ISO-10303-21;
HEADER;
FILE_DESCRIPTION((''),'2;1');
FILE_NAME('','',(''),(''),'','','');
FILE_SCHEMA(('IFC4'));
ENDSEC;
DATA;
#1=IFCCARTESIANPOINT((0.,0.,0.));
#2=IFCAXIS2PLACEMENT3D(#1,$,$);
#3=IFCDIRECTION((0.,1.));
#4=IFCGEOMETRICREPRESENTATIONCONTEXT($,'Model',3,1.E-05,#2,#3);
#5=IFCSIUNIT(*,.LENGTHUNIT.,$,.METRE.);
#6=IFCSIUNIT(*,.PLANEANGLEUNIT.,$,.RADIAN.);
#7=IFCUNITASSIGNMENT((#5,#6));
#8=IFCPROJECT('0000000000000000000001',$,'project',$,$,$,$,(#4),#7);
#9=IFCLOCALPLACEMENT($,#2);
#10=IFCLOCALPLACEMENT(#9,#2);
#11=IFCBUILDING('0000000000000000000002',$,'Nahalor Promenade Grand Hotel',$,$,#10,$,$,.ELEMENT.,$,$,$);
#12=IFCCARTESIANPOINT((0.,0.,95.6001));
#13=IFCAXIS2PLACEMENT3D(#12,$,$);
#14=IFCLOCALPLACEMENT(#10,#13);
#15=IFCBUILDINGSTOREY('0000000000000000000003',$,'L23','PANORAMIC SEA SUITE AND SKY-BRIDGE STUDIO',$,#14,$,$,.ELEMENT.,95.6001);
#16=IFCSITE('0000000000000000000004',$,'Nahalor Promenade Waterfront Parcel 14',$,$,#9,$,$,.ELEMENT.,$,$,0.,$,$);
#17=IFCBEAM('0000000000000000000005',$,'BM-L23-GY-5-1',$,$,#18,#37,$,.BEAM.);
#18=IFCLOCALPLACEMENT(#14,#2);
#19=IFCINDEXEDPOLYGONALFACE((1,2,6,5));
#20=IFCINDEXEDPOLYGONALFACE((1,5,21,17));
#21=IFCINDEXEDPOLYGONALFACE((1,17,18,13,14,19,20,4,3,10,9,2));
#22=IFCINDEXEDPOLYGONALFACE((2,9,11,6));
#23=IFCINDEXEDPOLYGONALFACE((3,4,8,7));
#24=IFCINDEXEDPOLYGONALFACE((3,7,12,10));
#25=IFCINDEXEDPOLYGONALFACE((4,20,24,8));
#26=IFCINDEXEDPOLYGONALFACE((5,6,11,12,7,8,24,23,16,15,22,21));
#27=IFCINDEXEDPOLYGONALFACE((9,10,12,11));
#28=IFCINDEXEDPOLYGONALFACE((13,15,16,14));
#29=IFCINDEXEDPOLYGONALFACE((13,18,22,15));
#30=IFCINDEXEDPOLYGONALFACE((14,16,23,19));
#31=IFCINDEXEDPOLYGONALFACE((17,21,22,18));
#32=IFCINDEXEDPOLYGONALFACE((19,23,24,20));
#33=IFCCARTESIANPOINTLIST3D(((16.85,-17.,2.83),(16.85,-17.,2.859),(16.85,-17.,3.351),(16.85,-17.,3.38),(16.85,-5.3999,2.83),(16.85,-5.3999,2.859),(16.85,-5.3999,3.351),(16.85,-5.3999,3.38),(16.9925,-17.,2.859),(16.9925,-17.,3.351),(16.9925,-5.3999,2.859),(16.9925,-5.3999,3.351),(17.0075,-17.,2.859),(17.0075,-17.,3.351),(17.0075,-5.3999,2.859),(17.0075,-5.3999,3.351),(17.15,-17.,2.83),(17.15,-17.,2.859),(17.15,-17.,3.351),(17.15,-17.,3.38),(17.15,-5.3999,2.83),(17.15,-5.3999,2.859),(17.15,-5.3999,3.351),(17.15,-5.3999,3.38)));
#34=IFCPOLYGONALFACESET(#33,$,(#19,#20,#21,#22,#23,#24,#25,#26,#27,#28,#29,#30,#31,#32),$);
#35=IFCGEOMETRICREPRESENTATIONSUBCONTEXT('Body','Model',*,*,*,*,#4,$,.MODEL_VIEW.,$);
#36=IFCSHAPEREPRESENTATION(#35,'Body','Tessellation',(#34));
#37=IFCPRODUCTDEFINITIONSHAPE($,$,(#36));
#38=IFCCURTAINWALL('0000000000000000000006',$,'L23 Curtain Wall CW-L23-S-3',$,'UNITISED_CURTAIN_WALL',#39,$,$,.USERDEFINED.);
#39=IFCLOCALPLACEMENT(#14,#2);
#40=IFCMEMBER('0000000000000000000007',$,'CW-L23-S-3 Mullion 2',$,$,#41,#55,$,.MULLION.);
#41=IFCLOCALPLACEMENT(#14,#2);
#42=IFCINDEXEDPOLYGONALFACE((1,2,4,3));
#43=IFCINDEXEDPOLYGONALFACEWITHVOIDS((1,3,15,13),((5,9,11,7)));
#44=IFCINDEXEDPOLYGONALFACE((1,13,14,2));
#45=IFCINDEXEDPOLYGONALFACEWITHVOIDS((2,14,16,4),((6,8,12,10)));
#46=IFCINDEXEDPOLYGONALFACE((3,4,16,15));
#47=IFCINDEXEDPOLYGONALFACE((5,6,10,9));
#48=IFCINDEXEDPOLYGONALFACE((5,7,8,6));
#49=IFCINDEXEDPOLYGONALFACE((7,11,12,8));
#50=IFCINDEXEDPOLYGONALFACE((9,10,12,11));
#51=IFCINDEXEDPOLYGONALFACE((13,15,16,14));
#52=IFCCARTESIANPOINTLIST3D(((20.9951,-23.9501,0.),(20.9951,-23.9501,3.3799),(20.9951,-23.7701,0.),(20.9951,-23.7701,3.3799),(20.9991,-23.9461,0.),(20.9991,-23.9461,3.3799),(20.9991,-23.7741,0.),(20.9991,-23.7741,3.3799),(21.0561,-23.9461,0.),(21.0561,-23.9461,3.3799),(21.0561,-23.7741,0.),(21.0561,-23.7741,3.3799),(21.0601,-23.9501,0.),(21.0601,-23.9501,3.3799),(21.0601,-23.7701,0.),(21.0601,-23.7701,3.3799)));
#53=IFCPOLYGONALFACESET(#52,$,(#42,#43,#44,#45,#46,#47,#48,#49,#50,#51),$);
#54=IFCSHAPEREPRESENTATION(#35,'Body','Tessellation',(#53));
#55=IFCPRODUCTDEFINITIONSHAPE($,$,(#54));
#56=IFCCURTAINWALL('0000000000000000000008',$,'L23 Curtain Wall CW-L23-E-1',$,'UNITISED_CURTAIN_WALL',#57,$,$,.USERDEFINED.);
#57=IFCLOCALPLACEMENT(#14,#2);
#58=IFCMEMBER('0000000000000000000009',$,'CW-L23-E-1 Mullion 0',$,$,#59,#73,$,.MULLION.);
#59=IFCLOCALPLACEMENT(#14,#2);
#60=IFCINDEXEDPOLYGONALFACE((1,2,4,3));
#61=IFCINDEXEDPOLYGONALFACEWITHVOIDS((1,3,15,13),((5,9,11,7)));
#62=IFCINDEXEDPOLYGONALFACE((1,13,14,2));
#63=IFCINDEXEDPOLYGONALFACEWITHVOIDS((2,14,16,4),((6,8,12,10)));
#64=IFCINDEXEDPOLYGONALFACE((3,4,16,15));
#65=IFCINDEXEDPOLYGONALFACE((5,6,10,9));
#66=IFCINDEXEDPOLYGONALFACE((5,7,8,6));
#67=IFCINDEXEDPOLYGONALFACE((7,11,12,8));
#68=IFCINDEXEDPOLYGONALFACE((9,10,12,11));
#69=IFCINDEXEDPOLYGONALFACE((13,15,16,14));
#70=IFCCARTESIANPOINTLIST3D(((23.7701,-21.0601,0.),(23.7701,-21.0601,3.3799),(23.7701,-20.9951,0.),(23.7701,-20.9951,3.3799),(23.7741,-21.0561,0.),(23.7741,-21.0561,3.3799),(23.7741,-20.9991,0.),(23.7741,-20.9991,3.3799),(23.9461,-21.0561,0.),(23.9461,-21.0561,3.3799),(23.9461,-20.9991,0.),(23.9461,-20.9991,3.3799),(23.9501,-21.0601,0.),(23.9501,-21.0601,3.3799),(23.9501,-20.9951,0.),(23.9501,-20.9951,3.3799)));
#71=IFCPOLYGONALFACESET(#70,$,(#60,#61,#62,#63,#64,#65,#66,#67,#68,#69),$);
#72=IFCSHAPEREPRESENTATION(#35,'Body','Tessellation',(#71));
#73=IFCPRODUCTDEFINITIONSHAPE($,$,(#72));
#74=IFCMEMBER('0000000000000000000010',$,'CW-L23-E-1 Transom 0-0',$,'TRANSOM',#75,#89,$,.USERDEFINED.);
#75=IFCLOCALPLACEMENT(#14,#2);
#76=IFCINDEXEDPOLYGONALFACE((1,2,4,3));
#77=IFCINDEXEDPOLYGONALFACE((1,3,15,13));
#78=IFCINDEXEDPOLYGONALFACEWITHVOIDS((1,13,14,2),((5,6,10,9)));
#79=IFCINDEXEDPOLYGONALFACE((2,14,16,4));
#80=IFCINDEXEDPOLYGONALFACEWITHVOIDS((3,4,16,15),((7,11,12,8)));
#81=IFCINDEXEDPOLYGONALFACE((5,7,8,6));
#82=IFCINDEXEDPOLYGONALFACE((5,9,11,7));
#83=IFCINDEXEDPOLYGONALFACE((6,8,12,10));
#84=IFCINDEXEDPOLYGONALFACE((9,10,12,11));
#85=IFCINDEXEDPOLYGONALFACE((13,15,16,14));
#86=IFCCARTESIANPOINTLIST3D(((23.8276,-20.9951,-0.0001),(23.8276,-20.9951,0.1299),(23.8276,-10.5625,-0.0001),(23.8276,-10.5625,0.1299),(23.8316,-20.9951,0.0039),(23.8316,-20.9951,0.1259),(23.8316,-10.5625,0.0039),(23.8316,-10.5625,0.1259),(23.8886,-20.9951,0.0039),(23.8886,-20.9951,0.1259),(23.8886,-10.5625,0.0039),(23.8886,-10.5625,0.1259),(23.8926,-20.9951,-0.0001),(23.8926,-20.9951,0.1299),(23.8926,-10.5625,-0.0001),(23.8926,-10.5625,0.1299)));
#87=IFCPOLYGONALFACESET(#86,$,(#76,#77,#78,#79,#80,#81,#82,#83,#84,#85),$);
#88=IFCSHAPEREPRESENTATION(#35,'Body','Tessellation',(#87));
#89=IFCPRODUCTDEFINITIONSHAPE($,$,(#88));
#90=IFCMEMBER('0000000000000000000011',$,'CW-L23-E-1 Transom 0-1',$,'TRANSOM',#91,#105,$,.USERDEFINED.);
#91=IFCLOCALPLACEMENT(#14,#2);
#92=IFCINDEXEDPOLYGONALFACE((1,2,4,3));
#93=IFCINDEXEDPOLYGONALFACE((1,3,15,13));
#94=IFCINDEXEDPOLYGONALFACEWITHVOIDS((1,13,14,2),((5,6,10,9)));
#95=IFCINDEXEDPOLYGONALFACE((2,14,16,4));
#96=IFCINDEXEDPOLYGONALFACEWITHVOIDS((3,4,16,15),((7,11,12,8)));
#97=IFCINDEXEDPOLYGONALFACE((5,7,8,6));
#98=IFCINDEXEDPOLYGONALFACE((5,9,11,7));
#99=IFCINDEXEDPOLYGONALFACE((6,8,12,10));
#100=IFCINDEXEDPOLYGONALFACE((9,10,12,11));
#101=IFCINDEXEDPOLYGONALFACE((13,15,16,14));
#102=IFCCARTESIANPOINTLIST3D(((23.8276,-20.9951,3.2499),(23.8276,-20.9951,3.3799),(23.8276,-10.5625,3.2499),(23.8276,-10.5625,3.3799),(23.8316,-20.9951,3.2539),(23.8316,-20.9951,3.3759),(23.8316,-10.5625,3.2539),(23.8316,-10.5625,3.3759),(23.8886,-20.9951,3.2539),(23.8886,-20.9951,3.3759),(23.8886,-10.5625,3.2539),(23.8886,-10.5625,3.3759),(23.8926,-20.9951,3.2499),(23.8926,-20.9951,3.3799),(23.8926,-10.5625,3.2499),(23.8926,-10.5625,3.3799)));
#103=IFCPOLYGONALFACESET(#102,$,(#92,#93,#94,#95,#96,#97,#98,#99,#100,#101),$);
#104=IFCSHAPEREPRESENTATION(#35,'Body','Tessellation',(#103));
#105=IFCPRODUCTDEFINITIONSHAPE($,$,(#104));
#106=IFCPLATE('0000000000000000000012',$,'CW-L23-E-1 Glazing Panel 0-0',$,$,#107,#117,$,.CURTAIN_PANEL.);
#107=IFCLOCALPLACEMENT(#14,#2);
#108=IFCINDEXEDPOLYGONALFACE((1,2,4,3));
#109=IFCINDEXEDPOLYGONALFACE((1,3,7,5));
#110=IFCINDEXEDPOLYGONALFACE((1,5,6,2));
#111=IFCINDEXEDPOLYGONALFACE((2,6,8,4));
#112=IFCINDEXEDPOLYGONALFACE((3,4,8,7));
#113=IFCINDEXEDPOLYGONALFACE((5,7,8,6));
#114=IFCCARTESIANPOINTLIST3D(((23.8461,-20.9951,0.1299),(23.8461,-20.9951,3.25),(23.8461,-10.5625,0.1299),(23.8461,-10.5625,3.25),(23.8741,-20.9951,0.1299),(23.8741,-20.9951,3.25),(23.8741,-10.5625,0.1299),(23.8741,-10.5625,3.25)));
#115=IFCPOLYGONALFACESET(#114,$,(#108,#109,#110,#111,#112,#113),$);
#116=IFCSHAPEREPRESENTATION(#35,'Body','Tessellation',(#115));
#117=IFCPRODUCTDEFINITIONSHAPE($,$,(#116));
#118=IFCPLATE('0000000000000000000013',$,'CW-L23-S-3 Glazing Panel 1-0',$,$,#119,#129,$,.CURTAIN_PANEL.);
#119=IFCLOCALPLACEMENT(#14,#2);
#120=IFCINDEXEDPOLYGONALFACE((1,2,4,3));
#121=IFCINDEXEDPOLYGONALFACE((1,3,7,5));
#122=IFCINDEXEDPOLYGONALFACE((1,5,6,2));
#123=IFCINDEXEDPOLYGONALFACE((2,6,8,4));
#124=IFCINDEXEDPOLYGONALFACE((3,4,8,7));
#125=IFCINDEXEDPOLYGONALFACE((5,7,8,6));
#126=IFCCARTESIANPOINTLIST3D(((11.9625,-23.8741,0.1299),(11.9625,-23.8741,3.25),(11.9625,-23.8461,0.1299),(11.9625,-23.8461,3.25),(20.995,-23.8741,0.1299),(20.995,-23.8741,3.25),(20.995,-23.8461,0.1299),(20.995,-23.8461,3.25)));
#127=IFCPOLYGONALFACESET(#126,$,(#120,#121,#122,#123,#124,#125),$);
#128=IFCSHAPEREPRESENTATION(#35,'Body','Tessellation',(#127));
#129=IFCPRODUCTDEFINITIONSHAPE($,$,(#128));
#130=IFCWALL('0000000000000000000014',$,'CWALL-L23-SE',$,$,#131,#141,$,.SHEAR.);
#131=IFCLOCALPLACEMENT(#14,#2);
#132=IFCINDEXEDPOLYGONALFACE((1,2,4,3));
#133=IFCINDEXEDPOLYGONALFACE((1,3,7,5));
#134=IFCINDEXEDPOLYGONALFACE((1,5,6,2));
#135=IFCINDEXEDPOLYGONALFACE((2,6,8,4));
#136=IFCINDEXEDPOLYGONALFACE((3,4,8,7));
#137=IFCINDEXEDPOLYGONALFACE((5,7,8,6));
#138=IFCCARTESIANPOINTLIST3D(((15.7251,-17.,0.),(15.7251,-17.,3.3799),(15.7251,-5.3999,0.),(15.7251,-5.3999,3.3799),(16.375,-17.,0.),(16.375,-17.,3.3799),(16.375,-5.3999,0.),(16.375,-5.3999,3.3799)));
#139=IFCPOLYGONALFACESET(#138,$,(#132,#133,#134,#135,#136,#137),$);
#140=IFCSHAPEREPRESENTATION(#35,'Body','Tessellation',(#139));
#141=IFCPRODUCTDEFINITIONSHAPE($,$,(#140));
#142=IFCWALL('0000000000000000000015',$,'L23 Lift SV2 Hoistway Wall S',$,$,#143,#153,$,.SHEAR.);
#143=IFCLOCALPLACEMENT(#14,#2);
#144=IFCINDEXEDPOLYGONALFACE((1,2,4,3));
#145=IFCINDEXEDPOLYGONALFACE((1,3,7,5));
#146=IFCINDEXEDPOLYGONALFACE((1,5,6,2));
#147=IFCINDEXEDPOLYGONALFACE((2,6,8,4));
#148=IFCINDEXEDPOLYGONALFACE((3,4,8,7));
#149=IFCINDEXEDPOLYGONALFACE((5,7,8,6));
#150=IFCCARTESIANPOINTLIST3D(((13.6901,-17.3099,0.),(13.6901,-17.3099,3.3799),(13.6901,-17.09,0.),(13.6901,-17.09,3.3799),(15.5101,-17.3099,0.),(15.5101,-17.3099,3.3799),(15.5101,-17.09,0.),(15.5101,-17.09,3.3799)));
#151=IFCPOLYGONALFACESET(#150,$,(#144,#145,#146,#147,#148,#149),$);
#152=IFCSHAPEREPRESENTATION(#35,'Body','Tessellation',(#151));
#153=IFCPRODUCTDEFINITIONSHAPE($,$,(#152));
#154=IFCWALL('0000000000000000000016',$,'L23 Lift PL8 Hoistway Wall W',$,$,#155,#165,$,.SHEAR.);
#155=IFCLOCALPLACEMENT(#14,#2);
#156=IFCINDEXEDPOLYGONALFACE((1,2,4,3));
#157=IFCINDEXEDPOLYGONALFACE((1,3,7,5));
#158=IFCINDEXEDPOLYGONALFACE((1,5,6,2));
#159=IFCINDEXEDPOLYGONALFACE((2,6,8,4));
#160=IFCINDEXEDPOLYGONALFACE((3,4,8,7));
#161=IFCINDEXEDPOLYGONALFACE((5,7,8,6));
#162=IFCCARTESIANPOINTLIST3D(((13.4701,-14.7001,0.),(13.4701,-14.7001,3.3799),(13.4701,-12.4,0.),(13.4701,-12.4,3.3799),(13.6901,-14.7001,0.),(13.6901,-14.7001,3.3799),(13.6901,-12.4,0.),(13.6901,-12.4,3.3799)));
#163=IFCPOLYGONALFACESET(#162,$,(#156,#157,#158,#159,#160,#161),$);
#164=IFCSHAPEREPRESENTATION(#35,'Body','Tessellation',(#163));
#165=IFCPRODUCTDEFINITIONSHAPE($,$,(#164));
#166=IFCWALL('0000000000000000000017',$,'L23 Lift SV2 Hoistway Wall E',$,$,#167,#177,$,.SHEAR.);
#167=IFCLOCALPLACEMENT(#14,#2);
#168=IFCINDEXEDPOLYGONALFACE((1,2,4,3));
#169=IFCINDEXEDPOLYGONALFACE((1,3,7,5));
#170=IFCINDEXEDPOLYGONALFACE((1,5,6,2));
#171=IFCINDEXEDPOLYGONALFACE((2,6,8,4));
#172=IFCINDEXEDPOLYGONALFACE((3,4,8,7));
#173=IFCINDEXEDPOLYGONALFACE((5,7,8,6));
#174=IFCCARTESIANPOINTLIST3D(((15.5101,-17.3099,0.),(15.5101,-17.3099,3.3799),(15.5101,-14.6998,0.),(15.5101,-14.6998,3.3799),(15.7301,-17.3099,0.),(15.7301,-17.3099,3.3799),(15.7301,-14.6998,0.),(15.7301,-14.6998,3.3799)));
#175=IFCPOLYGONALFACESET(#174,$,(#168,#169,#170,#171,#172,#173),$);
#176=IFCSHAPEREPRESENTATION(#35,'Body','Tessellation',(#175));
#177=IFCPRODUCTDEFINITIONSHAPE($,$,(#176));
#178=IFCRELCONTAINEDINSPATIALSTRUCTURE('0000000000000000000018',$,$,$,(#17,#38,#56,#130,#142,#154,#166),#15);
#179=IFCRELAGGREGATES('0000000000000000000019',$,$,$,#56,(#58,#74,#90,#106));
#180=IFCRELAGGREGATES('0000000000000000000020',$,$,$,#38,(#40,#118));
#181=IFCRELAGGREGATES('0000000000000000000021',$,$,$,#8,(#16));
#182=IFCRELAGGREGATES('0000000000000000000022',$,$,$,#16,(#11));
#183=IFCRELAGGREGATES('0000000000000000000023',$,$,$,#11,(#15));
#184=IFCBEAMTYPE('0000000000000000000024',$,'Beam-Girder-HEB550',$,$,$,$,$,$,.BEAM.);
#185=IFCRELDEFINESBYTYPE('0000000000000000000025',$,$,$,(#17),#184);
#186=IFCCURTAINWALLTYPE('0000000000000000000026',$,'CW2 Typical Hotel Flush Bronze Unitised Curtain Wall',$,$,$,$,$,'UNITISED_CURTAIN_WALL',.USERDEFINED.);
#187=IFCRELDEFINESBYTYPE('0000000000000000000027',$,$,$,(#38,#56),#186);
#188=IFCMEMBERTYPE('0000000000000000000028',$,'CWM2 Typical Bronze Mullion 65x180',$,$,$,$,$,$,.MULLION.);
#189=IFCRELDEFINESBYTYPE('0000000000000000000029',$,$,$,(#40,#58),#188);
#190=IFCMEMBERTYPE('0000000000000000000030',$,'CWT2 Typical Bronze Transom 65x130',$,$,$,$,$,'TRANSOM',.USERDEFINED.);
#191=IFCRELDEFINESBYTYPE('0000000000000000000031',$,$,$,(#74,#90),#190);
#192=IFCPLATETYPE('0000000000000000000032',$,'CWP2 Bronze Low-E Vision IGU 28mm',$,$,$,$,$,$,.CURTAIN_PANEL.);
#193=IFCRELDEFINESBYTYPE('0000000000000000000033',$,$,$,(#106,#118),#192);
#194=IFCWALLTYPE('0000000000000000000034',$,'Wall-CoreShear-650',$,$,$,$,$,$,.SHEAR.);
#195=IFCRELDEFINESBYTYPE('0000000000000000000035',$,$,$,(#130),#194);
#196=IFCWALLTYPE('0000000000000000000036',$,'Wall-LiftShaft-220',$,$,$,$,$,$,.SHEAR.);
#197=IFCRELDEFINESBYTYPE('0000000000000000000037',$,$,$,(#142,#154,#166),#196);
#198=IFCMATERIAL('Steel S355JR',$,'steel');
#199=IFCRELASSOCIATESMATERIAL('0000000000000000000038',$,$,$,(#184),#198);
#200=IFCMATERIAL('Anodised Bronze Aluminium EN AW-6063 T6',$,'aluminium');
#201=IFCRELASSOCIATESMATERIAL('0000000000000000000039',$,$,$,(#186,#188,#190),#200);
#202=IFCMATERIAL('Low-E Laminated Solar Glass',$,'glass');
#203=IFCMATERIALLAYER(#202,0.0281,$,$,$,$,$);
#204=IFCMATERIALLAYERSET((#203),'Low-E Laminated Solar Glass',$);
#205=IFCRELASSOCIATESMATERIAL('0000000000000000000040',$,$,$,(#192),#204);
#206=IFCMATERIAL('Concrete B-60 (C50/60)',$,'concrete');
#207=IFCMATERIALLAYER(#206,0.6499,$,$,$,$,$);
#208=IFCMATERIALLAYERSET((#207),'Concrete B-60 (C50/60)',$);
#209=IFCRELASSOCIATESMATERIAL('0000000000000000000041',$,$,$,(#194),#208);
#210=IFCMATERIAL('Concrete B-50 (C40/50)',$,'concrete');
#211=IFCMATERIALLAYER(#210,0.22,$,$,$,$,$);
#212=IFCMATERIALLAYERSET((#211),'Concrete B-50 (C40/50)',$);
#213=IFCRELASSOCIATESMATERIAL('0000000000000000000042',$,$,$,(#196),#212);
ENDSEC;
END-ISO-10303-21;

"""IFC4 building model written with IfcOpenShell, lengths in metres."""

from ifc_helpers import new_model, si_unit, direction, frame, frame_2d, origin, origin_2d, place, context, subcontext, project, spatial, rectangle, hollow_rectangle, i_section, extrude, source, transform, mapped, material, layer, layer_set, material_profile, profile_set, type_object, element, aggregate, save


model = new_model("IFC4")

# Units and contexts
model_context = context("Model", 3, precision=1e-05, world=origin(), true_north=direction((0.0, 1.0)))
body_context = subcontext(model_context, "Body", "Model", "MODEL_VIEW")
ifc_project = project(units=[si_unit("LENGTHUNIT", "METRE"), si_unit("PLANEANGLEUNIT", "RADIAN")], contexts=[model_context])

# Site, building, storey
site_placement = place(None, origin())
site = spatial("IfcSite", under=ifc_project, at=site_placement, Name="Nahalor Promenade Waterfront Parcel 14", CompositionType="ELEMENT", RefElevation=0.0)
building_placement = place(site_placement, origin())
building = spatial("IfcBuilding", under=site, at=building_placement, Name="Nahalor Promenade Grand Hotel", CompositionType="ELEMENT")
storey_placement = place(building_placement, frame((0.0, 0.0, 95.6001)))
storey = spatial("IfcBuildingStorey", under=building, at=storey_placement, Name="L23", Description="PANORAMIC SEA SUITE AND SKY-BRIDGE STUDIO", CompositionType="ELEMENT", Elevation=95.6001)

# Shared definitions
ifc_material_1 = material(Name="Concrete B-60 (C50/60)", Category="concrete")

# Beam
ifc_material_2 = material(Name="Steel S355JR", Category="steel")
ifc_material_profile_1 = material_profile(ifc_material_2, i_section(OverallWidth=0.3, OverallDepth=0.55, WebThickness=0.015, FlangeThickness=0.029, at=origin_2d()), Name="HEB 550")
ifc_profile_set_1 = profile_set([ifc_material_profile_1], Name="Steel S355JR")
beam_type_1 = type_object("IfcBeamType", Name="Beam-Girder-HEB550", PredefinedType="BEAM", material=ifc_profile_set_1)
shared_shape_1 = source(origin(), body_context, "Body", "SweptSolid", [
    extrude(i_section(OverallWidth=0.3, OverallDepth=0.55, WebThickness=0.015, FlangeThickness=0.029, at=origin_2d()), origin(), (0.0, 0.0, 1.0), 11.6001),
])
beam_1_placement = place(storey_placement, frame((17.0, -17.0, 3.105), z_axis=(0.0, 1.0, 0.0), x_axis=(-1.0, 0.0, 0.0)))
element("IfcBeam", 1, at=beam_1_placement, inside=storey, type_object=beam_type_1, Name="BM-L23-GY-5-1", PredefinedType="BEAM", context=body_context, shape_type="MappedRepresentation", body=[
    mapped(shared_shape_1, transform((0.0, 0.0, 0.0), scale=1.0)),
])

# Curtain wall, member
ifc_material_3 = material(Name="Anodised Bronze Aluminium EN AW-6063 T6", Category="aluminium")
curtain_wall_type = type_object("IfcCurtainWallType", Name="CW2 Typical Hotel Flush Bronze Unitised Curtain Wall", ElementType="UNITISED_CURTAIN_WALL", PredefinedType="USERDEFINED", material=ifc_material_3)
curtain_wall_1_placement = place(storey_placement, origin())
curtain_wall_1 = element("IfcCurtainWall", 2, at=curtain_wall_1_placement, inside=storey, type_object=curtain_wall_type, Name="L23 Curtain Wall CW-L23-S-3", ObjectType="UNITISED_CURTAIN_WALL", PredefinedType="USERDEFINED")
ifc_material_profile_2 = material_profile(ifc_material_3, hollow_rectangle(XDim=0.065, YDim=0.18, WallThickness=0.004, at=origin_2d()), Name="CWM 65x180x4")
ifc_profile_set_2 = profile_set([ifc_material_profile_2], Name="Anodised Bronze Aluminium EN AW-6063 T6")
member_type_1 = type_object("IfcMemberType", Name="CWM2 Typical Bronze Mullion 65x180", PredefinedType="MULLION", material=ifc_profile_set_2)
shared_shape_2 = source(origin(), body_context, "Body", "SweptSolid", [
    extrude(hollow_rectangle(XDim=0.065, YDim=0.18, WallThickness=0.004, at=origin_2d()), origin(), (0.0, 0.0, 1.0), 3.3799),
])
member_1_placement = place(storey_placement, frame((21.0276, -23.8601, 0.0), z_axis=(0.0, 0.0, 1.0), x_axis=(1.0, 0.0, 0.0)))
member_1 = element("IfcMember", 3, at=member_1_placement, type_object=member_type_1, Name="CW-L23-S-3 Mullion 2", PredefinedType="MULLION", context=body_context, shape_type="MappedRepresentation", body=[
    mapped(shared_shape_2, transform((0.0, 0.0, 0.0), scale=1.0)),
])

# Curtain wall, members, plate
curtain_wall_2_placement = place(storey_placement, origin())
curtain_wall_2 = element("IfcCurtainWall", 4, at=curtain_wall_2_placement, inside=storey, type_object=curtain_wall_type, Name="L23 Curtain Wall CW-L23-E-1", ObjectType="UNITISED_CURTAIN_WALL", PredefinedType="USERDEFINED")
member_2_placement = place(storey_placement, frame((23.8601, -21.0276, 0.0), z_axis=(0.0, 0.0, 1.0), x_axis=(0.0, 1.0, 0.0)))
member_2 = element("IfcMember", 5, at=member_2_placement, type_object=member_type_1, Name="CW-L23-E-1 Mullion 0", PredefinedType="MULLION", context=body_context, shape_type="MappedRepresentation", body=[
    mapped(shared_shape_2, transform((0.0, 0.0, 0.0), scale=1.0)),
])
ifc_material_profile_3 = material_profile(ifc_material_3, hollow_rectangle(XDim=0.065, YDim=0.13, WallThickness=0.004, at=origin_2d()), Name="CWT 65x130x4")
ifc_profile_set_3 = profile_set([ifc_material_profile_3], Name="Anodised Bronze Aluminium EN AW-6063 T6")
member_type_2 = type_object("IfcMemberType", Name="CWT2 Typical Bronze Transom 65x130", ElementType="TRANSOM", PredefinedType="USERDEFINED", material=ifc_profile_set_3)
shared_shape_3 = source(origin(), body_context, "Body", "SweptSolid", [
    extrude(hollow_rectangle(XDim=0.065, YDim=0.13, WallThickness=0.004, at=origin_2d()), origin(), (0.0, 0.0, 1.0), 10.4326),
])
member_3_placement = place(storey_placement, frame((23.8601, -20.9951, 0.0649), z_axis=(0.0, 1.0, 0.0), x_axis=(-1.0, 0.0, 0.0)))
member_3 = element("IfcMember", 6, at=member_3_placement, type_object=member_type_2, Name="CW-L23-E-1 Transom 0-0", ObjectType="TRANSOM", PredefinedType="USERDEFINED", context=body_context, shape_type="MappedRepresentation", body=[
    mapped(shared_shape_3, transform((0.0, 0.0, 0.0), scale=1.0)),
])
member_4_placement = place(storey_placement, frame((23.8601, -20.9951, 3.3149), z_axis=(0.0, 1.0, 0.0), x_axis=(-1.0, 0.0, 0.0)))
member_4 = element("IfcMember", 7, at=member_4_placement, type_object=member_type_2, Name="CW-L23-E-1 Transom 0-1", ObjectType="TRANSOM", PredefinedType="USERDEFINED", context=body_context, shape_type="MappedRepresentation", body=[
    mapped(shared_shape_3, transform((0.0, 0.0, 0.0), scale=1.0)),
])
ifc_material_4 = material(Name="Low-E Laminated Solar Glass", Category="glass")
ifc_layer_1 = layer(ifc_material_4, 0.0281)
ifc_layer_set_1 = layer_set([ifc_layer_1], Name="Low-E Laminated Solar Glass")
plate_type = type_object("IfcPlateType", Name="CWP2 Bronze Low-E Vision IGU 28mm", PredefinedType="CURTAIN_PANEL", material=ifc_layer_set_1)
shared_shape_4 = source(origin(), body_context, "Body", "SweptSolid", [
    extrude(rectangle(XDim=10.4326, YDim=0.0281, at=origin_2d()), origin(), (0.0, 0.0, 1.0), 3.1201),
])
plate_1_placement = place(storey_placement, frame((23.8601, -15.7788, 0.1299), z_axis=(0.0, 0.0, 1.0), x_axis=(0.0, 1.0, 0.0)))
plate_1 = element("IfcPlate", 8, at=plate_1_placement, type_object=plate_type, Name="CW-L23-E-1 Glazing Panel 0-0", PredefinedType="CURTAIN_PANEL", context=body_context, shape_type="MappedRepresentation", body=[
    mapped(shared_shape_4, transform((0.0, 0.0, 0.0), scale=1.0)),
])
aggregate(curtain_wall_2, [member_2, member_3, member_4, plate_1])

# Plate
shared_shape_5 = source(origin(), body_context, "Body", "SweptSolid", [
    extrude(rectangle(XDim=9.0325, YDim=0.0281, at=origin_2d()), origin(), (0.0, 0.0, 1.0), 3.1201),
])
plate_2_placement = place(storey_placement, frame((16.4788, -23.8601, 0.1299), z_axis=(0.0, 0.0, 1.0), x_axis=(1.0, 0.0, 0.0)))
plate_2 = element("IfcPlate", 9, at=plate_2_placement, type_object=plate_type, Name="CW-L23-S-3 Glazing Panel 1-0", PredefinedType="CURTAIN_PANEL", context=body_context, shape_type="MappedRepresentation", body=[
    mapped(shared_shape_5, transform((0.0, 0.0, 0.0), scale=1.0)),
])
aggregate(curtain_wall_1, [member_1, plate_2])

# Walls
ifc_layer_2 = layer(ifc_material_1, 0.6499)
ifc_layer_set_2 = layer_set([ifc_layer_2], Name="Concrete B-60 (C50/60)")
wall_type_1 = type_object("IfcWallType", Name="Wall-CoreShear-650", PredefinedType="SHEAR", material=ifc_layer_set_2)
shared_shape_6 = source(origin(), body_context, "Body", "SweptSolid", [
    extrude(rectangle(XDim=11.6001, YDim=0.6499, at=frame_2d((5.8, 0.0))), origin(), (0.0, 0.0, 1.0), 3.3799),
])
wall_1_placement = place(storey_placement, frame((16.05, -17.0, 0.0), z_axis=(0.0, 0.0, 1.0), x_axis=(0.0, 1.0, 0.0)))
element("IfcWall", 10, at=wall_1_placement, inside=storey, type_object=wall_type_1, Name="CWALL-L23-SE", PredefinedType="SHEAR", context=body_context, shape_type="MappedRepresentation", body=[
    mapped(shared_shape_6, transform((0.0, 0.0, 0.0), scale=1.0)),
])
ifc_material_5 = material(Name="Concrete B-50 (C40/50)", Category="concrete")
ifc_layer_3 = layer(ifc_material_5, 0.22)
ifc_layer_set_3 = layer_set([ifc_layer_3], Name="Concrete B-50 (C40/50)")
wall_type_2 = type_object("IfcWallType", Name="Wall-LiftShaft-220", PredefinedType="SHEAR", material=ifc_layer_set_3)
shared_shape_7 = source(origin(), body_context, "Body", "SweptSolid", [
    extrude(rectangle(XDim=1.8201, YDim=0.22, at=frame_2d((0.9102, 0.0))), origin(), (0.0, 0.0, 1.0), 3.3799),
])
wall_2_placement = place(storey_placement, frame((13.6899, -17.2, 0.0), z_axis=(0.0, 0.0, 1.0), x_axis=(1.0, 0.0, 0.0)))
element("IfcWall", 11, at=wall_2_placement, inside=storey, type_object=wall_type_2, Name="L23 Lift SV2 Hoistway Wall S", PredefinedType="SHEAR", context=body_context, shape_type="MappedRepresentation", body=[
    mapped(shared_shape_7, transform((0.0, 0.0, 0.0), scale=1.0)),
])
shared_shape_8 = source(origin(), body_context, "Body", "SweptSolid", [
    extrude(rectangle(XDim=2.3, YDim=0.22, at=frame_2d((1.1499, 0.0))), origin(), (0.0, 0.0, 1.0), 3.3799),
])
wall_3_placement = place(storey_placement, frame((13.5801, -14.7, 0.0), z_axis=(0.0, 0.0, 1.0), x_axis=(0.0, 1.0, 0.0)))
element("IfcWall", 12, at=wall_3_placement, inside=storey, type_object=wall_type_2, Name="L23 Lift PL8 Hoistway Wall W", PredefinedType="SHEAR", context=body_context, shape_type="MappedRepresentation", body=[
    mapped(shared_shape_8, transform((0.0, 0.0, 0.0), scale=1.0)),
])
shared_shape_9 = source(origin(), body_context, "Body", "SweptSolid", [
    extrude(rectangle(XDim=2.6101, YDim=0.22, at=frame_2d((1.3052, 0.0))), origin(), (0.0, 0.0, 1.0), 3.3799),
])
wall_4_placement = place(storey_placement, frame((15.6201, -17.3101, 0.0), z_axis=(0.0, 0.0, 1.0), x_axis=(0.0, 1.0, 0.0)))
element("IfcWall", 13, at=wall_4_placement, inside=storey, type_object=wall_type_2, Name="L23 Lift SV2 Hoistway Wall E", PredefinedType="SHEAR", context=body_context, shape_type="MappedRepresentation", body=[
    mapped(shared_shape_9, transform((0.0, 0.0, 0.0), scale=1.0)),
])

save(model, "model.ifc")
